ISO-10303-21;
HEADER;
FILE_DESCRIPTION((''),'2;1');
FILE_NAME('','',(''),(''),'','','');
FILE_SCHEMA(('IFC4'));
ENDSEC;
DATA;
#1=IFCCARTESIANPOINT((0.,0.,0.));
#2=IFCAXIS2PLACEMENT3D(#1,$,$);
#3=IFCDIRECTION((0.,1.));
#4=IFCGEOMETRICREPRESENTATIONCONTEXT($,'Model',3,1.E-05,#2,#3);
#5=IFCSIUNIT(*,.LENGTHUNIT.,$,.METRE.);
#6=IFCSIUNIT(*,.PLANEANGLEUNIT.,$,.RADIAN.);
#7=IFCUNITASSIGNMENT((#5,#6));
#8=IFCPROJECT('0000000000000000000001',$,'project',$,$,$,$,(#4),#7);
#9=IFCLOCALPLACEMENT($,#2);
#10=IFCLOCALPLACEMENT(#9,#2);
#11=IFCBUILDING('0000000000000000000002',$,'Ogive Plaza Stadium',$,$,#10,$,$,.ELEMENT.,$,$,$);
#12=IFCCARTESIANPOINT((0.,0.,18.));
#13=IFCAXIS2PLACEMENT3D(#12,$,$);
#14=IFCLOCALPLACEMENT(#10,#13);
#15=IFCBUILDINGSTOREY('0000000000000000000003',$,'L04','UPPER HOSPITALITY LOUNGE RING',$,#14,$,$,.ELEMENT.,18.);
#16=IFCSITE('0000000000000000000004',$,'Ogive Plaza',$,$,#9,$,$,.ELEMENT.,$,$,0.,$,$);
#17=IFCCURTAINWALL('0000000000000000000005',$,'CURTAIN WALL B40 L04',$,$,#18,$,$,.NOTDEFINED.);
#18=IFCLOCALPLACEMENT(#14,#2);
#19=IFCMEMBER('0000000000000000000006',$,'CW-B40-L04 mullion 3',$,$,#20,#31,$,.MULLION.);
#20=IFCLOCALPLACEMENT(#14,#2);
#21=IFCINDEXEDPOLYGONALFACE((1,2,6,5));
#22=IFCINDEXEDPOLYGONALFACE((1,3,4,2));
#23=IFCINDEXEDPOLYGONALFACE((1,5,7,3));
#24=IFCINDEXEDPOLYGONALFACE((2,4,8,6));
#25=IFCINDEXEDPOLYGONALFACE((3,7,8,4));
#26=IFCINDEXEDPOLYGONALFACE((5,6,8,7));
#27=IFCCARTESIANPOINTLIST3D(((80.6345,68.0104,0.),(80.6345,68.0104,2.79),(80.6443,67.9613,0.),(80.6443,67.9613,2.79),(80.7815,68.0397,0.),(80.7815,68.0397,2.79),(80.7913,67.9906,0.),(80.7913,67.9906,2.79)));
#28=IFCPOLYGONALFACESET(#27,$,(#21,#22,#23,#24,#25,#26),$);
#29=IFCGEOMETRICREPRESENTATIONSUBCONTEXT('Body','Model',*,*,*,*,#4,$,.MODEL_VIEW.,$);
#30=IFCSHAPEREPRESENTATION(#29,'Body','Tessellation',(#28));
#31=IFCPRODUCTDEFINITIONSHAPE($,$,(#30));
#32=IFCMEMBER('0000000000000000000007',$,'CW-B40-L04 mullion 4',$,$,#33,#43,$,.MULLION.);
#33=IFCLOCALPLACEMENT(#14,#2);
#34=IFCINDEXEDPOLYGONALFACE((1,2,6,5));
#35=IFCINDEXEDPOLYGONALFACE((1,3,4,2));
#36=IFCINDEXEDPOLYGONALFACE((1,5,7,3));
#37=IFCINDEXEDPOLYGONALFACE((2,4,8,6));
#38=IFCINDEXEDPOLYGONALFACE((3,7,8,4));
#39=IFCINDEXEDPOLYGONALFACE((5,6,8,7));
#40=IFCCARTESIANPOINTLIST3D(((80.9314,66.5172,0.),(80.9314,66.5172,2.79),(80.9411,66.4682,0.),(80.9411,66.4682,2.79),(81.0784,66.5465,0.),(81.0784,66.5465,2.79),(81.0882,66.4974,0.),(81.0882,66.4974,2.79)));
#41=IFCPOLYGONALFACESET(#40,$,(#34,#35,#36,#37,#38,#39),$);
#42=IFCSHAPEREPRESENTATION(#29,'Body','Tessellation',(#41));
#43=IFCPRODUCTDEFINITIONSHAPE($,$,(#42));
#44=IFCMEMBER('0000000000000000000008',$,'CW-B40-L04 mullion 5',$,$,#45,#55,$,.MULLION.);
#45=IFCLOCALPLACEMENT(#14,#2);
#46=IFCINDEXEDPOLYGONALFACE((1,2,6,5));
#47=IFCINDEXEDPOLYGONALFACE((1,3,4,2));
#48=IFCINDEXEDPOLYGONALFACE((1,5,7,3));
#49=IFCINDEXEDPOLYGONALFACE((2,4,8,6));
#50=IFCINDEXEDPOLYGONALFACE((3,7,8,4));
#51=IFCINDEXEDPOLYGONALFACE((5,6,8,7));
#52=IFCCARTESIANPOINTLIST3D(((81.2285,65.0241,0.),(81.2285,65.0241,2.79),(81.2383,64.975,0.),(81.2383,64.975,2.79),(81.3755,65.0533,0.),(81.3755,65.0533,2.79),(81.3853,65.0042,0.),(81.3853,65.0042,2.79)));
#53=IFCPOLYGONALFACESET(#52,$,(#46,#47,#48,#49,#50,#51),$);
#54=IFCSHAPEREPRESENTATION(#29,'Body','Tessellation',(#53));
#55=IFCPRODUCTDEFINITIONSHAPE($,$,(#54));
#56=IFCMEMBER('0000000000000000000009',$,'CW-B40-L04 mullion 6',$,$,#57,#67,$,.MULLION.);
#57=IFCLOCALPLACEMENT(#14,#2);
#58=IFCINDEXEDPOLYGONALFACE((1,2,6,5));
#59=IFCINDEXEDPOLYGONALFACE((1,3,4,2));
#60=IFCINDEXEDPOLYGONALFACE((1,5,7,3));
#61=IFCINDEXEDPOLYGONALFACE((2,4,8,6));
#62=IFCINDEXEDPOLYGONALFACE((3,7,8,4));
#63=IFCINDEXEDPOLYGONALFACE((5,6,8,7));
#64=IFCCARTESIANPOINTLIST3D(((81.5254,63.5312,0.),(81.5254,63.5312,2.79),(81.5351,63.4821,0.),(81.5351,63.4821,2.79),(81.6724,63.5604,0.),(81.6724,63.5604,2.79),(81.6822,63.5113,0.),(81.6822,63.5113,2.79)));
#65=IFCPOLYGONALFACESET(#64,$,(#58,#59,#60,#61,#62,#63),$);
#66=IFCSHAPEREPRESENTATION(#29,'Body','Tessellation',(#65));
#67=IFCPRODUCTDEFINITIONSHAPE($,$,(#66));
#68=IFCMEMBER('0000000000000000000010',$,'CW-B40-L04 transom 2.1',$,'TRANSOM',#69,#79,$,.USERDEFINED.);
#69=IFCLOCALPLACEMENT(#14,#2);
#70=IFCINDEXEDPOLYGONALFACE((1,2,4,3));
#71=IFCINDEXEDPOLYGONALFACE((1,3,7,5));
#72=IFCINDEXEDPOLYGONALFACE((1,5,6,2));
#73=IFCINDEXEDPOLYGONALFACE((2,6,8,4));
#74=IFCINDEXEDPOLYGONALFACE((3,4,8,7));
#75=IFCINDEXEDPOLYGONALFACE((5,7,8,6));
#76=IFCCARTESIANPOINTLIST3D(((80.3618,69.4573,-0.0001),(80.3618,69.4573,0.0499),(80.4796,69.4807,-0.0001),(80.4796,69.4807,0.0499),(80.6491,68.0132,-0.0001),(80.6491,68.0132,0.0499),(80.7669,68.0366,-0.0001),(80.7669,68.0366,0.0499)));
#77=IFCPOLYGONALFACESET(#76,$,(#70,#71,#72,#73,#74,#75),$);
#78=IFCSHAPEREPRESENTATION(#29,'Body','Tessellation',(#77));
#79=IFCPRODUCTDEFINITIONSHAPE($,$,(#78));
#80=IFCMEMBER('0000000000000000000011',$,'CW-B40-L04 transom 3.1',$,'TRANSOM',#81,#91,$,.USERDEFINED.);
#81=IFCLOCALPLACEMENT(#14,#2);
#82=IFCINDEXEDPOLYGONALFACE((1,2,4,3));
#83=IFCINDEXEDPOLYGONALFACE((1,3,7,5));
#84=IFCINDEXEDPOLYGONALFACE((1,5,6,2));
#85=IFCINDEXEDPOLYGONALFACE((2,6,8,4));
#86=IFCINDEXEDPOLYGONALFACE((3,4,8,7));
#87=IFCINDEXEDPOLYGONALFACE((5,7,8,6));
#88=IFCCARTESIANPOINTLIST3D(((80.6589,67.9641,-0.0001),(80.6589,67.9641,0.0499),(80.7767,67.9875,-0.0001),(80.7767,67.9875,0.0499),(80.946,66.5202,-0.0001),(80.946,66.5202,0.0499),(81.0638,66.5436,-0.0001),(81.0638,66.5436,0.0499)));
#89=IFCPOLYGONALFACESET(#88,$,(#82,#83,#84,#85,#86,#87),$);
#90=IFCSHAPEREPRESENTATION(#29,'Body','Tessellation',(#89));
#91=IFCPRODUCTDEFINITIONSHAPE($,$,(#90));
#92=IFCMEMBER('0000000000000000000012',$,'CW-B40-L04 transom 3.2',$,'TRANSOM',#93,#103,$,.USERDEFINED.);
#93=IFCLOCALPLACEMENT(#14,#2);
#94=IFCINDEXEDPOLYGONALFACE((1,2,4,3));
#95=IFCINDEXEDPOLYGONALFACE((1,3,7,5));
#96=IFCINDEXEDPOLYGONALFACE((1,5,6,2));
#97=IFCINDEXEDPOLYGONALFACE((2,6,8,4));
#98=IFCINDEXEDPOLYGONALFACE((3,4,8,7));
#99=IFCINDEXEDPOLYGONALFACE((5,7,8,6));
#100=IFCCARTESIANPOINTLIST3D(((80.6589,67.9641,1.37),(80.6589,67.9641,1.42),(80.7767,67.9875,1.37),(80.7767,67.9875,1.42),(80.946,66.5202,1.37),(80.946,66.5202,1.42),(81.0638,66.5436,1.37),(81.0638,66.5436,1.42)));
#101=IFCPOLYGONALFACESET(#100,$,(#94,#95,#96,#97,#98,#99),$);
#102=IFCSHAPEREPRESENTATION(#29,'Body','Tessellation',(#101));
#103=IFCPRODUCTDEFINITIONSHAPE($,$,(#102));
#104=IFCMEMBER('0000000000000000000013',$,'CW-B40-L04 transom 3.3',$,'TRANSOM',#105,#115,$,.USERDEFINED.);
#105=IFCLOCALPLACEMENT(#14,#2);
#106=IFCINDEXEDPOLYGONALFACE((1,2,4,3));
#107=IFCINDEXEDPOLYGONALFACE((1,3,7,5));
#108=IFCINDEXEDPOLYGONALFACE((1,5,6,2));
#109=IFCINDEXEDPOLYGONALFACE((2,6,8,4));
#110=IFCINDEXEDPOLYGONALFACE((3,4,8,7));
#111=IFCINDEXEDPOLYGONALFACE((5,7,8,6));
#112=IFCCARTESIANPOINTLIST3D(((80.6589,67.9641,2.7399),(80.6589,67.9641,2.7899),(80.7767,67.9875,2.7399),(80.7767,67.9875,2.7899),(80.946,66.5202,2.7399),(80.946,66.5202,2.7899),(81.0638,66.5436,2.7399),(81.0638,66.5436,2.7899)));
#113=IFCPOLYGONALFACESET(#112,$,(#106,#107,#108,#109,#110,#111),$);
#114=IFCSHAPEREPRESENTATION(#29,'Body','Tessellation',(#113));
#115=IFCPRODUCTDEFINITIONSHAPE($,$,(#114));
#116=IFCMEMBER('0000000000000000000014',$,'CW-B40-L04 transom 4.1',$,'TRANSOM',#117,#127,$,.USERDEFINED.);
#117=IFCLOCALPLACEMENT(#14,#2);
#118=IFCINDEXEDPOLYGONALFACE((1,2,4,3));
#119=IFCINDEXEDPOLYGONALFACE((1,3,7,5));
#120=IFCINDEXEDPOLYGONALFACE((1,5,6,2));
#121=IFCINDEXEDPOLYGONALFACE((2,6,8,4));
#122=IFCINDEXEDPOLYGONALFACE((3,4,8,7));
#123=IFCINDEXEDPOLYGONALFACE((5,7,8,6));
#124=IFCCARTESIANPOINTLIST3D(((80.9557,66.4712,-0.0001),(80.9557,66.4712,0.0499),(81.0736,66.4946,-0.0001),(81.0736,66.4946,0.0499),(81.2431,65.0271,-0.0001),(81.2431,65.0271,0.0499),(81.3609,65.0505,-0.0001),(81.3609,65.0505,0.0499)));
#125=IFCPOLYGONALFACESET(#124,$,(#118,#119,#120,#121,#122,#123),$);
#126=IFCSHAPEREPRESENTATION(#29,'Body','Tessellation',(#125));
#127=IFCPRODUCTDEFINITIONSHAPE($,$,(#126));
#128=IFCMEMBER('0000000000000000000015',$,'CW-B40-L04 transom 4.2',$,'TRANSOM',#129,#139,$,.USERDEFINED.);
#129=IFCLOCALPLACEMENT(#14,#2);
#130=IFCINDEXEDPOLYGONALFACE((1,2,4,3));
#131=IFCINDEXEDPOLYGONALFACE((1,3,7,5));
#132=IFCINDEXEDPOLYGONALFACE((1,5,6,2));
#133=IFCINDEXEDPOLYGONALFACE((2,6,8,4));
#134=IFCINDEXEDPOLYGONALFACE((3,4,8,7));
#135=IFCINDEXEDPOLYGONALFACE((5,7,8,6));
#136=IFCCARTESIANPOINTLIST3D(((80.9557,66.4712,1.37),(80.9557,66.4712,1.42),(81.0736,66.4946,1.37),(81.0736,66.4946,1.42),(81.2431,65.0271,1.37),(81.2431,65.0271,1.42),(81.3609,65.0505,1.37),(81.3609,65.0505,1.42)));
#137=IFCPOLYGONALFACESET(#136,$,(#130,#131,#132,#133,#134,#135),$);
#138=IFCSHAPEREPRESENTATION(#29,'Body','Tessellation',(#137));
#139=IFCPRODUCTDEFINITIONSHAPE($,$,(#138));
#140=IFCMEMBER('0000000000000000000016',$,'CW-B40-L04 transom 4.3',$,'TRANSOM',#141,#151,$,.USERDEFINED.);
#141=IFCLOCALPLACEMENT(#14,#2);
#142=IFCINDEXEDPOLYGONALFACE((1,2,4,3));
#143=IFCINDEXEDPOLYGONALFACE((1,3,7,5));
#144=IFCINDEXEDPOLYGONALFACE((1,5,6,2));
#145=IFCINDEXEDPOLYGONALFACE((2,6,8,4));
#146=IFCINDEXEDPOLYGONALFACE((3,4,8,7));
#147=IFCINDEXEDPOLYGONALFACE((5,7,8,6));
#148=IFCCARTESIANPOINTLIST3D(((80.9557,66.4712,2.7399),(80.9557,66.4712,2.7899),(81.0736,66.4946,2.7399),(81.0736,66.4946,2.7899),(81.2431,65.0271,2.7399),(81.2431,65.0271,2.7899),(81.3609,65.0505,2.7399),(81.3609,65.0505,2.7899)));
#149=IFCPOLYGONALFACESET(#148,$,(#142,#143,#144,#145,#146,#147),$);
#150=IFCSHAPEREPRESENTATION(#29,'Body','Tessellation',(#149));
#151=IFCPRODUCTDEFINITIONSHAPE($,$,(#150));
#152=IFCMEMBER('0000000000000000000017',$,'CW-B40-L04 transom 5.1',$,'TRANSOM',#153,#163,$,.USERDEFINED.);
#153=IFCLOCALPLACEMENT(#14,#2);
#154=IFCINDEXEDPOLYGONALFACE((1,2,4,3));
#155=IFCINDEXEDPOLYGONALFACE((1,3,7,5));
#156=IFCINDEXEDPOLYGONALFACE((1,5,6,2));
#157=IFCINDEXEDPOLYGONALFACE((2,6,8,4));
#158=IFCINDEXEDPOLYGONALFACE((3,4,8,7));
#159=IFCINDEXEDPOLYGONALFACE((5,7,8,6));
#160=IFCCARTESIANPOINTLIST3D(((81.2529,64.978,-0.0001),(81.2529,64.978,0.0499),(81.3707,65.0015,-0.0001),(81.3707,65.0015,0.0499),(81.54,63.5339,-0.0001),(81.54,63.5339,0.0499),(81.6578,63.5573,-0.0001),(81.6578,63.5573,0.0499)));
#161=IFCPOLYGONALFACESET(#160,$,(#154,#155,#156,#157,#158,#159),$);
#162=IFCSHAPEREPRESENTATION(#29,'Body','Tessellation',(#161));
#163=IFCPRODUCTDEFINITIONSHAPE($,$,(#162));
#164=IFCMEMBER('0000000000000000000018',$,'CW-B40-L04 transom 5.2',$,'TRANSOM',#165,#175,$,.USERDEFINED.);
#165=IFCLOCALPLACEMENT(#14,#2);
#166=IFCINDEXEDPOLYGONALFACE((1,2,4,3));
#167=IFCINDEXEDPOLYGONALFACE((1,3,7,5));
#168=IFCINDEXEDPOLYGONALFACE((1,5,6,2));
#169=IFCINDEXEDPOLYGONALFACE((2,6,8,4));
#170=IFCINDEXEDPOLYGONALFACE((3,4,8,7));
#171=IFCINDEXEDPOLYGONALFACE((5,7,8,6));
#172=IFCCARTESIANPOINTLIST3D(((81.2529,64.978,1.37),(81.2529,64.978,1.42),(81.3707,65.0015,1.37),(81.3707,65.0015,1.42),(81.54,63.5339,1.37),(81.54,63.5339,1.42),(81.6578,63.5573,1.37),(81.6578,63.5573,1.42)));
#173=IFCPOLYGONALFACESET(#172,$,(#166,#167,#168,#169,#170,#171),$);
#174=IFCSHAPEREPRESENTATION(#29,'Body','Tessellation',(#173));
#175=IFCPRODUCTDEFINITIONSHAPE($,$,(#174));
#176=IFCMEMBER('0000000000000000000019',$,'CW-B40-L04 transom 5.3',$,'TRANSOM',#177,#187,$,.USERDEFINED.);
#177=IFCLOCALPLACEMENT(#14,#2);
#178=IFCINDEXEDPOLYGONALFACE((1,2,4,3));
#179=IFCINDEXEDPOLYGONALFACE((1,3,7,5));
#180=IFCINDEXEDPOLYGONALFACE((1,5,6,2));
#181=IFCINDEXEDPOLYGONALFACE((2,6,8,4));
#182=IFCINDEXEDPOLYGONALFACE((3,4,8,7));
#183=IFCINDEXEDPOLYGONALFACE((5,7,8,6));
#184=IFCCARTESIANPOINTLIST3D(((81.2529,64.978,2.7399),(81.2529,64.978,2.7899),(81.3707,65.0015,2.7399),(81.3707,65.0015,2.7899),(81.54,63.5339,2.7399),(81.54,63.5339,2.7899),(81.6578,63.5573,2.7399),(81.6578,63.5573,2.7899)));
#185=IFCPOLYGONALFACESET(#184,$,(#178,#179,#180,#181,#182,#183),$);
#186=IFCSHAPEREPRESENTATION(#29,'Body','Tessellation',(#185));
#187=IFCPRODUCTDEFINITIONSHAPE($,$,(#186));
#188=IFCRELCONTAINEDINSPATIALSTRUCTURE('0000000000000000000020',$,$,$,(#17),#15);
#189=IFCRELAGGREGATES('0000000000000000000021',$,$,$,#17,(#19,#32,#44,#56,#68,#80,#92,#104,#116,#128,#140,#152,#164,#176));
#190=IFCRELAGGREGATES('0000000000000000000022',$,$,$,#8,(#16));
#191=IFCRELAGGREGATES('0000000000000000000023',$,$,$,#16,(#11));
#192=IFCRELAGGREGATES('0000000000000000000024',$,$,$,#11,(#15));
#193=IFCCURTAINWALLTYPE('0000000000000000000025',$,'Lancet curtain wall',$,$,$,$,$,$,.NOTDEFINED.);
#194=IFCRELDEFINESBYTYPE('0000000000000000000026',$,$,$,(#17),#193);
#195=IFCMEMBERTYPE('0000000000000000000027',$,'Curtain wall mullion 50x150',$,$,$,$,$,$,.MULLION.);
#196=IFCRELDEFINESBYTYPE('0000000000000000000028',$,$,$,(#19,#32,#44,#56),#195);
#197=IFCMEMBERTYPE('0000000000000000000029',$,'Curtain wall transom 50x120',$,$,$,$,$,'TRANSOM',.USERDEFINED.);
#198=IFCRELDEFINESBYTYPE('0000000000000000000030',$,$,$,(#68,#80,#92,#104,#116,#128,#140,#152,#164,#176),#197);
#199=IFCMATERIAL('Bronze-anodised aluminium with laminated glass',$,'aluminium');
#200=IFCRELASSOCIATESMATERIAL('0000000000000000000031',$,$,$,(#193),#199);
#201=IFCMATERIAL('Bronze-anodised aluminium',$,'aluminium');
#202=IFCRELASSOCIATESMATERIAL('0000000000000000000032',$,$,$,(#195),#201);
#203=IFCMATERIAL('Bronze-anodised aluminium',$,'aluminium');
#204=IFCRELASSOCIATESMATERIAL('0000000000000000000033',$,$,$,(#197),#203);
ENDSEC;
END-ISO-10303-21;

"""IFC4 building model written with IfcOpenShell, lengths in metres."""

from ifc_helpers import new_model, si_unit, direction, frame, origin, origin_2d, place, context, subcontext, project, spatial, rectangle, extrude, material, material_profile, profile_set, type_object, element, aggregate, save


model = new_model("IFC4")

# Units and contexts
model_context = context("Model", 3, precision=1e-05, world=origin(), true_north=direction((0.0, 1.0)))
body_context = subcontext(model_context, "Body", "Model", "MODEL_VIEW")
ifc_project = project(units=[si_unit("LENGTHUNIT", "METRE"), si_unit("PLANEANGLEUNIT", "RADIAN")], contexts=[model_context])

# Site, building, storey
site_placement = place(None, origin())
site = spatial("IfcSite", under=ifc_project, at=site_placement, Name="Ogive Plaza", CompositionType="ELEMENT", RefElevation=0.0)
building_placement = place(site_placement, origin())
building = spatial("IfcBuilding", under=site, at=building_placement, Name="Ogive Plaza Stadium", CompositionType="ELEMENT")
storey_placement = place(building_placement, frame((0.0, 0.0, 18.0)))
storey = spatial("IfcBuildingStorey", under=building, at=storey_placement, Name="L04", Description="UPPER HOSPITALITY LOUNGE RING", CompositionType="ELEMENT", Elevation=18.0)

# Curtain wall, members
ifc_material_1 = material(Name="Bronze-anodised aluminium with laminated glass", Category="aluminium")
curtain_wall_type = type_object("IfcCurtainWallType", Name="Lancet curtain wall", PredefinedType="NOTDEFINED", material=ifc_material_1)
curtain_wall_placement = place(storey_placement, origin())
curtain_wall = element("IfcCurtainWall", 1, at=curtain_wall_placement, inside=storey, type_object=curtain_wall_type, Name="CURTAIN WALL B40 L04", PredefinedType="NOTDEFINED")
ifc_material_2 = material(Name="Bronze-anodised aluminium", Category="aluminium")
ifc_material_profile_1 = material_profile(ifc_material_2, rectangle(XDim=0.1499, YDim=0.05, at=origin_2d()), Name="AL 150x50")
ifc_profile_set_1 = profile_set([ifc_material_profile_1], Name="Bronze-anodised aluminium")
member_type_1 = type_object("IfcMemberType", Name="Curtain wall mullion 50x150", PredefinedType="MULLION", material=ifc_profile_set_1)
member_1_placement = place(storey_placement, frame((80.7129, 68.0005, 0.0), z_axis=(0.0, 0.0, 1.0), x_axis=(0.980785, 0.19509, 0.0)))
member_1 = element("IfcMember", 2, at=member_1_placement, type_object=member_type_1, Name="CW-B40-L04 mullion 3", PredefinedType="MULLION", context=body_context, shape_type="SweptSolid", body=[
    extrude(rectangle(XDim=0.1499, YDim=0.05, at=origin_2d()), origin(), (0.0, 0.0, 1.0), 2.79),
])
member_2_placement = place(storey_placement, frame((81.0098, 66.5073, 0.0), z_axis=(0.0, 0.0, 1.0), x_axis=(0.980785, 0.19509, 0.0)))
member_2 = element("IfcMember", 3, at=member_2_placement, type_object=member_type_1, Name="CW-B40-L04 mullion 4", PredefinedType="MULLION", context=body_context, shape_type="SweptSolid", body=[
    extrude(rectangle(XDim=0.1499, YDim=0.05, at=origin_2d()), origin(), (0.0, 0.0, 1.0), 2.79),
])
member_3_placement = place(storey_placement, frame((81.3069, 65.0142, 0.0), z_axis=(0.0, 0.0, 1.0), x_axis=(0.980785, 0.19509, 0.0)))
member_3 = element("IfcMember", 4, at=member_3_placement, type_object=member_type_1, Name="CW-B40-L04 mullion 5", PredefinedType="MULLION", context=body_context, shape_type="SweptSolid", body=[
    extrude(rectangle(XDim=0.1499, YDim=0.05, at=origin_2d()), origin(), (0.0, 0.0, 1.0), 2.79),
])
member_4_placement = place(storey_placement, frame((81.6038, 63.5212, 0.0), z_axis=(0.0, 0.0, 1.0), x_axis=(0.980785, 0.19509, 0.0)))
member_4 = element("IfcMember", 5, at=member_4_placement, type_object=member_type_1, Name="CW-B40-L04 mullion 6", PredefinedType="MULLION", context=body_context, shape_type="SweptSolid", body=[
    extrude(rectangle(XDim=0.1499, YDim=0.05, at=origin_2d()), origin(), (0.0, 0.0, 1.0), 2.79),
])
ifc_material_3 = material(Name="Bronze-anodised aluminium", Category="aluminium")
ifc_material_profile_2 = material_profile(ifc_material_3, rectangle(XDim=0.1201, YDim=0.05, at=origin_2d()), Name="AL 120x50")
ifc_profile_set_2 = profile_set([ifc_material_profile_2], Name="Bronze-anodised aluminium")
member_type_2 = type_object("IfcMemberType", Name="Curtain wall transom 50x120", ElementType="TRANSOM", PredefinedType="USERDEFINED", material=ifc_profile_set_2)
member_5_placement = place(storey_placement, frame((80.4207, 69.469, 0.0249), z_axis=(0.195159, -0.980772, 0.0), x_axis=(0.980772, 0.195159, 0.0)))
member_5 = element("IfcMember", 6, at=member_5_placement, type_object=member_type_2, Name="CW-B40-L04 transom 2.1", ObjectType="TRANSOM", PredefinedType="USERDEFINED", context=body_context, shape_type="SweptSolid", body=[
    extrude(rectangle(XDim=0.1201, YDim=0.05, at=origin_2d()), origin(), (0.0, 0.0, 1.0), 1.4724),
])
member_6_placement = place(storey_placement, frame((80.7178, 67.9758, 0.0249), z_axis=(0.195032, -0.980797, 0.0), x_axis=(0.980797, 0.195032, 0.0)))
member_6 = element("IfcMember", 7, at=member_6_placement, type_object=member_type_2, Name="CW-B40-L04 transom 3.1", ObjectType="TRANSOM", PredefinedType="USERDEFINED", context=body_context, shape_type="SweptSolid", body=[
    extrude(rectangle(XDim=0.1201, YDim=0.05, at=origin_2d()), origin(), (0.0, 0.0, 1.0), 1.4722),
])
member_7_placement = place(storey_placement, frame((80.7178, 67.9758, 1.395), z_axis=(0.195032, -0.980797, 0.0), x_axis=(0.980797, 0.195032, 0.0)))
member_7 = element("IfcMember", 8, at=member_7_placement, type_object=member_type_2, Name="CW-B40-L04 transom 3.2", ObjectType="TRANSOM", PredefinedType="USERDEFINED", context=body_context, shape_type="SweptSolid", body=[
    extrude(rectangle(XDim=0.1201, YDim=0.05, at=origin_2d()), origin(), (0.0, 0.0, 1.0), 1.4722),
])
member_8_placement = place(storey_placement, frame((80.7178, 67.9758, 2.7649), z_axis=(0.195032, -0.980797, 0.0), x_axis=(0.980797, 0.195032, 0.0)))
member_8 = element("IfcMember", 9, at=member_8_placement, type_object=member_type_2, Name="CW-B40-L04 transom 3.3", ObjectType="TRANSOM", PredefinedType="USERDEFINED", context=body_context, shape_type="SweptSolid", body=[
    extrude(rectangle(XDim=0.1201, YDim=0.05, at=origin_2d()), origin(), (0.0, 0.0, 1.0), 1.4722),
])
member_9_placement = place(storey_placement, frame((81.0146, 66.4829, 0.0249), z_axis=(0.195159, -0.980772, 0.0), x_axis=(0.980772, 0.195159, 0.0)))
member_9 = element("IfcMember", 10, at=member_9_placement, type_object=member_type_2, Name="CW-B40-L04 transom 4.1", ObjectType="TRANSOM", PredefinedType="USERDEFINED", context=body_context, shape_type="SweptSolid", body=[
    extrude(rectangle(XDim=0.1201, YDim=0.05, at=origin_2d()), origin(), (0.0, 0.0, 1.0), 1.4724),
])
member_10_placement = place(storey_placement, frame((81.0146, 66.4829, 1.395), z_axis=(0.195159, -0.980772, 0.0), x_axis=(0.980772, 0.195159, 0.0)))
member_10 = element("IfcMember", 11, at=member_10_placement, type_object=member_type_2, Name="CW-B40-L04 transom 4.2", ObjectType="TRANSOM", PredefinedType="USERDEFINED", context=body_context, shape_type="SweptSolid", body=[
    extrude(rectangle(XDim=0.1201, YDim=0.05, at=origin_2d()), origin(), (0.0, 0.0, 1.0), 1.4724),
])
member_11_placement = place(storey_placement, frame((81.0146, 66.4829, 2.7649), z_axis=(0.195159, -0.980772, 0.0), x_axis=(0.980772, 0.195159, 0.0)))
member_11 = element("IfcMember", 12, at=member_11_placement, type_object=member_type_2, Name="CW-B40-L04 transom 4.3", ObjectType="TRANSOM", PredefinedType="USERDEFINED", context=body_context, shape_type="SweptSolid", body=[
    extrude(rectangle(XDim=0.1201, YDim=0.05, at=origin_2d()), origin(), (0.0, 0.0, 1.0), 1.4724),
])
member_12_placement = place(storey_placement, frame((81.3118, 64.9897, 0.0249), z_axis=(0.195, -0.980803, 0.0), x_axis=(0.980803, 0.195, 0.0)))
member_12 = element("IfcMember", 13, at=member_12_placement, type_object=member_type_2, Name="CW-B40-L04 transom 5.1", ObjectType="TRANSOM", PredefinedType="USERDEFINED", context=body_context, shape_type="SweptSolid", body=[
    extrude(rectangle(XDim=0.1201, YDim=0.05, at=origin_2d()), origin(), (0.0, 0.0, 1.0), 1.4724),
])
member_13_placement = place(storey_placement, frame((81.3118, 64.9897, 1.395), z_axis=(0.195, -0.980803, 0.0), x_axis=(0.980803, 0.195, 0.0)))
member_13 = element("IfcMember", 14, at=member_13_placement, type_object=member_type_2, Name="CW-B40-L04 transom 5.2", ObjectType="TRANSOM", PredefinedType="USERDEFINED", context=body_context, shape_type="SweptSolid", body=[
    extrude(rectangle(XDim=0.1201, YDim=0.05, at=origin_2d()), origin(), (0.0, 0.0, 1.0), 1.4724),
])
member_14_placement = place(storey_placement, frame((81.3118, 64.9897, 2.7649), z_axis=(0.195, -0.980803, 0.0), x_axis=(0.980803, 0.195, 0.0)))
member_14 = element("IfcMember", 15, at=member_14_placement, type_object=member_type_2, Name="CW-B40-L04 transom 5.3", ObjectType="TRANSOM", PredefinedType="USERDEFINED", context=body_context, shape_type="SweptSolid", body=[
    extrude(rectangle(XDim=0.1201, YDim=0.05, at=origin_2d()), origin(), (0.0, 0.0, 1.0), 1.4724),
])
aggregate(curtain_wall, [member_1, member_2, member_3, member_4, member_5, member_6, member_7, member_8, member_9, member_10, member_11, member_12, member_13, member_14])

save(model, "model.ifc")
